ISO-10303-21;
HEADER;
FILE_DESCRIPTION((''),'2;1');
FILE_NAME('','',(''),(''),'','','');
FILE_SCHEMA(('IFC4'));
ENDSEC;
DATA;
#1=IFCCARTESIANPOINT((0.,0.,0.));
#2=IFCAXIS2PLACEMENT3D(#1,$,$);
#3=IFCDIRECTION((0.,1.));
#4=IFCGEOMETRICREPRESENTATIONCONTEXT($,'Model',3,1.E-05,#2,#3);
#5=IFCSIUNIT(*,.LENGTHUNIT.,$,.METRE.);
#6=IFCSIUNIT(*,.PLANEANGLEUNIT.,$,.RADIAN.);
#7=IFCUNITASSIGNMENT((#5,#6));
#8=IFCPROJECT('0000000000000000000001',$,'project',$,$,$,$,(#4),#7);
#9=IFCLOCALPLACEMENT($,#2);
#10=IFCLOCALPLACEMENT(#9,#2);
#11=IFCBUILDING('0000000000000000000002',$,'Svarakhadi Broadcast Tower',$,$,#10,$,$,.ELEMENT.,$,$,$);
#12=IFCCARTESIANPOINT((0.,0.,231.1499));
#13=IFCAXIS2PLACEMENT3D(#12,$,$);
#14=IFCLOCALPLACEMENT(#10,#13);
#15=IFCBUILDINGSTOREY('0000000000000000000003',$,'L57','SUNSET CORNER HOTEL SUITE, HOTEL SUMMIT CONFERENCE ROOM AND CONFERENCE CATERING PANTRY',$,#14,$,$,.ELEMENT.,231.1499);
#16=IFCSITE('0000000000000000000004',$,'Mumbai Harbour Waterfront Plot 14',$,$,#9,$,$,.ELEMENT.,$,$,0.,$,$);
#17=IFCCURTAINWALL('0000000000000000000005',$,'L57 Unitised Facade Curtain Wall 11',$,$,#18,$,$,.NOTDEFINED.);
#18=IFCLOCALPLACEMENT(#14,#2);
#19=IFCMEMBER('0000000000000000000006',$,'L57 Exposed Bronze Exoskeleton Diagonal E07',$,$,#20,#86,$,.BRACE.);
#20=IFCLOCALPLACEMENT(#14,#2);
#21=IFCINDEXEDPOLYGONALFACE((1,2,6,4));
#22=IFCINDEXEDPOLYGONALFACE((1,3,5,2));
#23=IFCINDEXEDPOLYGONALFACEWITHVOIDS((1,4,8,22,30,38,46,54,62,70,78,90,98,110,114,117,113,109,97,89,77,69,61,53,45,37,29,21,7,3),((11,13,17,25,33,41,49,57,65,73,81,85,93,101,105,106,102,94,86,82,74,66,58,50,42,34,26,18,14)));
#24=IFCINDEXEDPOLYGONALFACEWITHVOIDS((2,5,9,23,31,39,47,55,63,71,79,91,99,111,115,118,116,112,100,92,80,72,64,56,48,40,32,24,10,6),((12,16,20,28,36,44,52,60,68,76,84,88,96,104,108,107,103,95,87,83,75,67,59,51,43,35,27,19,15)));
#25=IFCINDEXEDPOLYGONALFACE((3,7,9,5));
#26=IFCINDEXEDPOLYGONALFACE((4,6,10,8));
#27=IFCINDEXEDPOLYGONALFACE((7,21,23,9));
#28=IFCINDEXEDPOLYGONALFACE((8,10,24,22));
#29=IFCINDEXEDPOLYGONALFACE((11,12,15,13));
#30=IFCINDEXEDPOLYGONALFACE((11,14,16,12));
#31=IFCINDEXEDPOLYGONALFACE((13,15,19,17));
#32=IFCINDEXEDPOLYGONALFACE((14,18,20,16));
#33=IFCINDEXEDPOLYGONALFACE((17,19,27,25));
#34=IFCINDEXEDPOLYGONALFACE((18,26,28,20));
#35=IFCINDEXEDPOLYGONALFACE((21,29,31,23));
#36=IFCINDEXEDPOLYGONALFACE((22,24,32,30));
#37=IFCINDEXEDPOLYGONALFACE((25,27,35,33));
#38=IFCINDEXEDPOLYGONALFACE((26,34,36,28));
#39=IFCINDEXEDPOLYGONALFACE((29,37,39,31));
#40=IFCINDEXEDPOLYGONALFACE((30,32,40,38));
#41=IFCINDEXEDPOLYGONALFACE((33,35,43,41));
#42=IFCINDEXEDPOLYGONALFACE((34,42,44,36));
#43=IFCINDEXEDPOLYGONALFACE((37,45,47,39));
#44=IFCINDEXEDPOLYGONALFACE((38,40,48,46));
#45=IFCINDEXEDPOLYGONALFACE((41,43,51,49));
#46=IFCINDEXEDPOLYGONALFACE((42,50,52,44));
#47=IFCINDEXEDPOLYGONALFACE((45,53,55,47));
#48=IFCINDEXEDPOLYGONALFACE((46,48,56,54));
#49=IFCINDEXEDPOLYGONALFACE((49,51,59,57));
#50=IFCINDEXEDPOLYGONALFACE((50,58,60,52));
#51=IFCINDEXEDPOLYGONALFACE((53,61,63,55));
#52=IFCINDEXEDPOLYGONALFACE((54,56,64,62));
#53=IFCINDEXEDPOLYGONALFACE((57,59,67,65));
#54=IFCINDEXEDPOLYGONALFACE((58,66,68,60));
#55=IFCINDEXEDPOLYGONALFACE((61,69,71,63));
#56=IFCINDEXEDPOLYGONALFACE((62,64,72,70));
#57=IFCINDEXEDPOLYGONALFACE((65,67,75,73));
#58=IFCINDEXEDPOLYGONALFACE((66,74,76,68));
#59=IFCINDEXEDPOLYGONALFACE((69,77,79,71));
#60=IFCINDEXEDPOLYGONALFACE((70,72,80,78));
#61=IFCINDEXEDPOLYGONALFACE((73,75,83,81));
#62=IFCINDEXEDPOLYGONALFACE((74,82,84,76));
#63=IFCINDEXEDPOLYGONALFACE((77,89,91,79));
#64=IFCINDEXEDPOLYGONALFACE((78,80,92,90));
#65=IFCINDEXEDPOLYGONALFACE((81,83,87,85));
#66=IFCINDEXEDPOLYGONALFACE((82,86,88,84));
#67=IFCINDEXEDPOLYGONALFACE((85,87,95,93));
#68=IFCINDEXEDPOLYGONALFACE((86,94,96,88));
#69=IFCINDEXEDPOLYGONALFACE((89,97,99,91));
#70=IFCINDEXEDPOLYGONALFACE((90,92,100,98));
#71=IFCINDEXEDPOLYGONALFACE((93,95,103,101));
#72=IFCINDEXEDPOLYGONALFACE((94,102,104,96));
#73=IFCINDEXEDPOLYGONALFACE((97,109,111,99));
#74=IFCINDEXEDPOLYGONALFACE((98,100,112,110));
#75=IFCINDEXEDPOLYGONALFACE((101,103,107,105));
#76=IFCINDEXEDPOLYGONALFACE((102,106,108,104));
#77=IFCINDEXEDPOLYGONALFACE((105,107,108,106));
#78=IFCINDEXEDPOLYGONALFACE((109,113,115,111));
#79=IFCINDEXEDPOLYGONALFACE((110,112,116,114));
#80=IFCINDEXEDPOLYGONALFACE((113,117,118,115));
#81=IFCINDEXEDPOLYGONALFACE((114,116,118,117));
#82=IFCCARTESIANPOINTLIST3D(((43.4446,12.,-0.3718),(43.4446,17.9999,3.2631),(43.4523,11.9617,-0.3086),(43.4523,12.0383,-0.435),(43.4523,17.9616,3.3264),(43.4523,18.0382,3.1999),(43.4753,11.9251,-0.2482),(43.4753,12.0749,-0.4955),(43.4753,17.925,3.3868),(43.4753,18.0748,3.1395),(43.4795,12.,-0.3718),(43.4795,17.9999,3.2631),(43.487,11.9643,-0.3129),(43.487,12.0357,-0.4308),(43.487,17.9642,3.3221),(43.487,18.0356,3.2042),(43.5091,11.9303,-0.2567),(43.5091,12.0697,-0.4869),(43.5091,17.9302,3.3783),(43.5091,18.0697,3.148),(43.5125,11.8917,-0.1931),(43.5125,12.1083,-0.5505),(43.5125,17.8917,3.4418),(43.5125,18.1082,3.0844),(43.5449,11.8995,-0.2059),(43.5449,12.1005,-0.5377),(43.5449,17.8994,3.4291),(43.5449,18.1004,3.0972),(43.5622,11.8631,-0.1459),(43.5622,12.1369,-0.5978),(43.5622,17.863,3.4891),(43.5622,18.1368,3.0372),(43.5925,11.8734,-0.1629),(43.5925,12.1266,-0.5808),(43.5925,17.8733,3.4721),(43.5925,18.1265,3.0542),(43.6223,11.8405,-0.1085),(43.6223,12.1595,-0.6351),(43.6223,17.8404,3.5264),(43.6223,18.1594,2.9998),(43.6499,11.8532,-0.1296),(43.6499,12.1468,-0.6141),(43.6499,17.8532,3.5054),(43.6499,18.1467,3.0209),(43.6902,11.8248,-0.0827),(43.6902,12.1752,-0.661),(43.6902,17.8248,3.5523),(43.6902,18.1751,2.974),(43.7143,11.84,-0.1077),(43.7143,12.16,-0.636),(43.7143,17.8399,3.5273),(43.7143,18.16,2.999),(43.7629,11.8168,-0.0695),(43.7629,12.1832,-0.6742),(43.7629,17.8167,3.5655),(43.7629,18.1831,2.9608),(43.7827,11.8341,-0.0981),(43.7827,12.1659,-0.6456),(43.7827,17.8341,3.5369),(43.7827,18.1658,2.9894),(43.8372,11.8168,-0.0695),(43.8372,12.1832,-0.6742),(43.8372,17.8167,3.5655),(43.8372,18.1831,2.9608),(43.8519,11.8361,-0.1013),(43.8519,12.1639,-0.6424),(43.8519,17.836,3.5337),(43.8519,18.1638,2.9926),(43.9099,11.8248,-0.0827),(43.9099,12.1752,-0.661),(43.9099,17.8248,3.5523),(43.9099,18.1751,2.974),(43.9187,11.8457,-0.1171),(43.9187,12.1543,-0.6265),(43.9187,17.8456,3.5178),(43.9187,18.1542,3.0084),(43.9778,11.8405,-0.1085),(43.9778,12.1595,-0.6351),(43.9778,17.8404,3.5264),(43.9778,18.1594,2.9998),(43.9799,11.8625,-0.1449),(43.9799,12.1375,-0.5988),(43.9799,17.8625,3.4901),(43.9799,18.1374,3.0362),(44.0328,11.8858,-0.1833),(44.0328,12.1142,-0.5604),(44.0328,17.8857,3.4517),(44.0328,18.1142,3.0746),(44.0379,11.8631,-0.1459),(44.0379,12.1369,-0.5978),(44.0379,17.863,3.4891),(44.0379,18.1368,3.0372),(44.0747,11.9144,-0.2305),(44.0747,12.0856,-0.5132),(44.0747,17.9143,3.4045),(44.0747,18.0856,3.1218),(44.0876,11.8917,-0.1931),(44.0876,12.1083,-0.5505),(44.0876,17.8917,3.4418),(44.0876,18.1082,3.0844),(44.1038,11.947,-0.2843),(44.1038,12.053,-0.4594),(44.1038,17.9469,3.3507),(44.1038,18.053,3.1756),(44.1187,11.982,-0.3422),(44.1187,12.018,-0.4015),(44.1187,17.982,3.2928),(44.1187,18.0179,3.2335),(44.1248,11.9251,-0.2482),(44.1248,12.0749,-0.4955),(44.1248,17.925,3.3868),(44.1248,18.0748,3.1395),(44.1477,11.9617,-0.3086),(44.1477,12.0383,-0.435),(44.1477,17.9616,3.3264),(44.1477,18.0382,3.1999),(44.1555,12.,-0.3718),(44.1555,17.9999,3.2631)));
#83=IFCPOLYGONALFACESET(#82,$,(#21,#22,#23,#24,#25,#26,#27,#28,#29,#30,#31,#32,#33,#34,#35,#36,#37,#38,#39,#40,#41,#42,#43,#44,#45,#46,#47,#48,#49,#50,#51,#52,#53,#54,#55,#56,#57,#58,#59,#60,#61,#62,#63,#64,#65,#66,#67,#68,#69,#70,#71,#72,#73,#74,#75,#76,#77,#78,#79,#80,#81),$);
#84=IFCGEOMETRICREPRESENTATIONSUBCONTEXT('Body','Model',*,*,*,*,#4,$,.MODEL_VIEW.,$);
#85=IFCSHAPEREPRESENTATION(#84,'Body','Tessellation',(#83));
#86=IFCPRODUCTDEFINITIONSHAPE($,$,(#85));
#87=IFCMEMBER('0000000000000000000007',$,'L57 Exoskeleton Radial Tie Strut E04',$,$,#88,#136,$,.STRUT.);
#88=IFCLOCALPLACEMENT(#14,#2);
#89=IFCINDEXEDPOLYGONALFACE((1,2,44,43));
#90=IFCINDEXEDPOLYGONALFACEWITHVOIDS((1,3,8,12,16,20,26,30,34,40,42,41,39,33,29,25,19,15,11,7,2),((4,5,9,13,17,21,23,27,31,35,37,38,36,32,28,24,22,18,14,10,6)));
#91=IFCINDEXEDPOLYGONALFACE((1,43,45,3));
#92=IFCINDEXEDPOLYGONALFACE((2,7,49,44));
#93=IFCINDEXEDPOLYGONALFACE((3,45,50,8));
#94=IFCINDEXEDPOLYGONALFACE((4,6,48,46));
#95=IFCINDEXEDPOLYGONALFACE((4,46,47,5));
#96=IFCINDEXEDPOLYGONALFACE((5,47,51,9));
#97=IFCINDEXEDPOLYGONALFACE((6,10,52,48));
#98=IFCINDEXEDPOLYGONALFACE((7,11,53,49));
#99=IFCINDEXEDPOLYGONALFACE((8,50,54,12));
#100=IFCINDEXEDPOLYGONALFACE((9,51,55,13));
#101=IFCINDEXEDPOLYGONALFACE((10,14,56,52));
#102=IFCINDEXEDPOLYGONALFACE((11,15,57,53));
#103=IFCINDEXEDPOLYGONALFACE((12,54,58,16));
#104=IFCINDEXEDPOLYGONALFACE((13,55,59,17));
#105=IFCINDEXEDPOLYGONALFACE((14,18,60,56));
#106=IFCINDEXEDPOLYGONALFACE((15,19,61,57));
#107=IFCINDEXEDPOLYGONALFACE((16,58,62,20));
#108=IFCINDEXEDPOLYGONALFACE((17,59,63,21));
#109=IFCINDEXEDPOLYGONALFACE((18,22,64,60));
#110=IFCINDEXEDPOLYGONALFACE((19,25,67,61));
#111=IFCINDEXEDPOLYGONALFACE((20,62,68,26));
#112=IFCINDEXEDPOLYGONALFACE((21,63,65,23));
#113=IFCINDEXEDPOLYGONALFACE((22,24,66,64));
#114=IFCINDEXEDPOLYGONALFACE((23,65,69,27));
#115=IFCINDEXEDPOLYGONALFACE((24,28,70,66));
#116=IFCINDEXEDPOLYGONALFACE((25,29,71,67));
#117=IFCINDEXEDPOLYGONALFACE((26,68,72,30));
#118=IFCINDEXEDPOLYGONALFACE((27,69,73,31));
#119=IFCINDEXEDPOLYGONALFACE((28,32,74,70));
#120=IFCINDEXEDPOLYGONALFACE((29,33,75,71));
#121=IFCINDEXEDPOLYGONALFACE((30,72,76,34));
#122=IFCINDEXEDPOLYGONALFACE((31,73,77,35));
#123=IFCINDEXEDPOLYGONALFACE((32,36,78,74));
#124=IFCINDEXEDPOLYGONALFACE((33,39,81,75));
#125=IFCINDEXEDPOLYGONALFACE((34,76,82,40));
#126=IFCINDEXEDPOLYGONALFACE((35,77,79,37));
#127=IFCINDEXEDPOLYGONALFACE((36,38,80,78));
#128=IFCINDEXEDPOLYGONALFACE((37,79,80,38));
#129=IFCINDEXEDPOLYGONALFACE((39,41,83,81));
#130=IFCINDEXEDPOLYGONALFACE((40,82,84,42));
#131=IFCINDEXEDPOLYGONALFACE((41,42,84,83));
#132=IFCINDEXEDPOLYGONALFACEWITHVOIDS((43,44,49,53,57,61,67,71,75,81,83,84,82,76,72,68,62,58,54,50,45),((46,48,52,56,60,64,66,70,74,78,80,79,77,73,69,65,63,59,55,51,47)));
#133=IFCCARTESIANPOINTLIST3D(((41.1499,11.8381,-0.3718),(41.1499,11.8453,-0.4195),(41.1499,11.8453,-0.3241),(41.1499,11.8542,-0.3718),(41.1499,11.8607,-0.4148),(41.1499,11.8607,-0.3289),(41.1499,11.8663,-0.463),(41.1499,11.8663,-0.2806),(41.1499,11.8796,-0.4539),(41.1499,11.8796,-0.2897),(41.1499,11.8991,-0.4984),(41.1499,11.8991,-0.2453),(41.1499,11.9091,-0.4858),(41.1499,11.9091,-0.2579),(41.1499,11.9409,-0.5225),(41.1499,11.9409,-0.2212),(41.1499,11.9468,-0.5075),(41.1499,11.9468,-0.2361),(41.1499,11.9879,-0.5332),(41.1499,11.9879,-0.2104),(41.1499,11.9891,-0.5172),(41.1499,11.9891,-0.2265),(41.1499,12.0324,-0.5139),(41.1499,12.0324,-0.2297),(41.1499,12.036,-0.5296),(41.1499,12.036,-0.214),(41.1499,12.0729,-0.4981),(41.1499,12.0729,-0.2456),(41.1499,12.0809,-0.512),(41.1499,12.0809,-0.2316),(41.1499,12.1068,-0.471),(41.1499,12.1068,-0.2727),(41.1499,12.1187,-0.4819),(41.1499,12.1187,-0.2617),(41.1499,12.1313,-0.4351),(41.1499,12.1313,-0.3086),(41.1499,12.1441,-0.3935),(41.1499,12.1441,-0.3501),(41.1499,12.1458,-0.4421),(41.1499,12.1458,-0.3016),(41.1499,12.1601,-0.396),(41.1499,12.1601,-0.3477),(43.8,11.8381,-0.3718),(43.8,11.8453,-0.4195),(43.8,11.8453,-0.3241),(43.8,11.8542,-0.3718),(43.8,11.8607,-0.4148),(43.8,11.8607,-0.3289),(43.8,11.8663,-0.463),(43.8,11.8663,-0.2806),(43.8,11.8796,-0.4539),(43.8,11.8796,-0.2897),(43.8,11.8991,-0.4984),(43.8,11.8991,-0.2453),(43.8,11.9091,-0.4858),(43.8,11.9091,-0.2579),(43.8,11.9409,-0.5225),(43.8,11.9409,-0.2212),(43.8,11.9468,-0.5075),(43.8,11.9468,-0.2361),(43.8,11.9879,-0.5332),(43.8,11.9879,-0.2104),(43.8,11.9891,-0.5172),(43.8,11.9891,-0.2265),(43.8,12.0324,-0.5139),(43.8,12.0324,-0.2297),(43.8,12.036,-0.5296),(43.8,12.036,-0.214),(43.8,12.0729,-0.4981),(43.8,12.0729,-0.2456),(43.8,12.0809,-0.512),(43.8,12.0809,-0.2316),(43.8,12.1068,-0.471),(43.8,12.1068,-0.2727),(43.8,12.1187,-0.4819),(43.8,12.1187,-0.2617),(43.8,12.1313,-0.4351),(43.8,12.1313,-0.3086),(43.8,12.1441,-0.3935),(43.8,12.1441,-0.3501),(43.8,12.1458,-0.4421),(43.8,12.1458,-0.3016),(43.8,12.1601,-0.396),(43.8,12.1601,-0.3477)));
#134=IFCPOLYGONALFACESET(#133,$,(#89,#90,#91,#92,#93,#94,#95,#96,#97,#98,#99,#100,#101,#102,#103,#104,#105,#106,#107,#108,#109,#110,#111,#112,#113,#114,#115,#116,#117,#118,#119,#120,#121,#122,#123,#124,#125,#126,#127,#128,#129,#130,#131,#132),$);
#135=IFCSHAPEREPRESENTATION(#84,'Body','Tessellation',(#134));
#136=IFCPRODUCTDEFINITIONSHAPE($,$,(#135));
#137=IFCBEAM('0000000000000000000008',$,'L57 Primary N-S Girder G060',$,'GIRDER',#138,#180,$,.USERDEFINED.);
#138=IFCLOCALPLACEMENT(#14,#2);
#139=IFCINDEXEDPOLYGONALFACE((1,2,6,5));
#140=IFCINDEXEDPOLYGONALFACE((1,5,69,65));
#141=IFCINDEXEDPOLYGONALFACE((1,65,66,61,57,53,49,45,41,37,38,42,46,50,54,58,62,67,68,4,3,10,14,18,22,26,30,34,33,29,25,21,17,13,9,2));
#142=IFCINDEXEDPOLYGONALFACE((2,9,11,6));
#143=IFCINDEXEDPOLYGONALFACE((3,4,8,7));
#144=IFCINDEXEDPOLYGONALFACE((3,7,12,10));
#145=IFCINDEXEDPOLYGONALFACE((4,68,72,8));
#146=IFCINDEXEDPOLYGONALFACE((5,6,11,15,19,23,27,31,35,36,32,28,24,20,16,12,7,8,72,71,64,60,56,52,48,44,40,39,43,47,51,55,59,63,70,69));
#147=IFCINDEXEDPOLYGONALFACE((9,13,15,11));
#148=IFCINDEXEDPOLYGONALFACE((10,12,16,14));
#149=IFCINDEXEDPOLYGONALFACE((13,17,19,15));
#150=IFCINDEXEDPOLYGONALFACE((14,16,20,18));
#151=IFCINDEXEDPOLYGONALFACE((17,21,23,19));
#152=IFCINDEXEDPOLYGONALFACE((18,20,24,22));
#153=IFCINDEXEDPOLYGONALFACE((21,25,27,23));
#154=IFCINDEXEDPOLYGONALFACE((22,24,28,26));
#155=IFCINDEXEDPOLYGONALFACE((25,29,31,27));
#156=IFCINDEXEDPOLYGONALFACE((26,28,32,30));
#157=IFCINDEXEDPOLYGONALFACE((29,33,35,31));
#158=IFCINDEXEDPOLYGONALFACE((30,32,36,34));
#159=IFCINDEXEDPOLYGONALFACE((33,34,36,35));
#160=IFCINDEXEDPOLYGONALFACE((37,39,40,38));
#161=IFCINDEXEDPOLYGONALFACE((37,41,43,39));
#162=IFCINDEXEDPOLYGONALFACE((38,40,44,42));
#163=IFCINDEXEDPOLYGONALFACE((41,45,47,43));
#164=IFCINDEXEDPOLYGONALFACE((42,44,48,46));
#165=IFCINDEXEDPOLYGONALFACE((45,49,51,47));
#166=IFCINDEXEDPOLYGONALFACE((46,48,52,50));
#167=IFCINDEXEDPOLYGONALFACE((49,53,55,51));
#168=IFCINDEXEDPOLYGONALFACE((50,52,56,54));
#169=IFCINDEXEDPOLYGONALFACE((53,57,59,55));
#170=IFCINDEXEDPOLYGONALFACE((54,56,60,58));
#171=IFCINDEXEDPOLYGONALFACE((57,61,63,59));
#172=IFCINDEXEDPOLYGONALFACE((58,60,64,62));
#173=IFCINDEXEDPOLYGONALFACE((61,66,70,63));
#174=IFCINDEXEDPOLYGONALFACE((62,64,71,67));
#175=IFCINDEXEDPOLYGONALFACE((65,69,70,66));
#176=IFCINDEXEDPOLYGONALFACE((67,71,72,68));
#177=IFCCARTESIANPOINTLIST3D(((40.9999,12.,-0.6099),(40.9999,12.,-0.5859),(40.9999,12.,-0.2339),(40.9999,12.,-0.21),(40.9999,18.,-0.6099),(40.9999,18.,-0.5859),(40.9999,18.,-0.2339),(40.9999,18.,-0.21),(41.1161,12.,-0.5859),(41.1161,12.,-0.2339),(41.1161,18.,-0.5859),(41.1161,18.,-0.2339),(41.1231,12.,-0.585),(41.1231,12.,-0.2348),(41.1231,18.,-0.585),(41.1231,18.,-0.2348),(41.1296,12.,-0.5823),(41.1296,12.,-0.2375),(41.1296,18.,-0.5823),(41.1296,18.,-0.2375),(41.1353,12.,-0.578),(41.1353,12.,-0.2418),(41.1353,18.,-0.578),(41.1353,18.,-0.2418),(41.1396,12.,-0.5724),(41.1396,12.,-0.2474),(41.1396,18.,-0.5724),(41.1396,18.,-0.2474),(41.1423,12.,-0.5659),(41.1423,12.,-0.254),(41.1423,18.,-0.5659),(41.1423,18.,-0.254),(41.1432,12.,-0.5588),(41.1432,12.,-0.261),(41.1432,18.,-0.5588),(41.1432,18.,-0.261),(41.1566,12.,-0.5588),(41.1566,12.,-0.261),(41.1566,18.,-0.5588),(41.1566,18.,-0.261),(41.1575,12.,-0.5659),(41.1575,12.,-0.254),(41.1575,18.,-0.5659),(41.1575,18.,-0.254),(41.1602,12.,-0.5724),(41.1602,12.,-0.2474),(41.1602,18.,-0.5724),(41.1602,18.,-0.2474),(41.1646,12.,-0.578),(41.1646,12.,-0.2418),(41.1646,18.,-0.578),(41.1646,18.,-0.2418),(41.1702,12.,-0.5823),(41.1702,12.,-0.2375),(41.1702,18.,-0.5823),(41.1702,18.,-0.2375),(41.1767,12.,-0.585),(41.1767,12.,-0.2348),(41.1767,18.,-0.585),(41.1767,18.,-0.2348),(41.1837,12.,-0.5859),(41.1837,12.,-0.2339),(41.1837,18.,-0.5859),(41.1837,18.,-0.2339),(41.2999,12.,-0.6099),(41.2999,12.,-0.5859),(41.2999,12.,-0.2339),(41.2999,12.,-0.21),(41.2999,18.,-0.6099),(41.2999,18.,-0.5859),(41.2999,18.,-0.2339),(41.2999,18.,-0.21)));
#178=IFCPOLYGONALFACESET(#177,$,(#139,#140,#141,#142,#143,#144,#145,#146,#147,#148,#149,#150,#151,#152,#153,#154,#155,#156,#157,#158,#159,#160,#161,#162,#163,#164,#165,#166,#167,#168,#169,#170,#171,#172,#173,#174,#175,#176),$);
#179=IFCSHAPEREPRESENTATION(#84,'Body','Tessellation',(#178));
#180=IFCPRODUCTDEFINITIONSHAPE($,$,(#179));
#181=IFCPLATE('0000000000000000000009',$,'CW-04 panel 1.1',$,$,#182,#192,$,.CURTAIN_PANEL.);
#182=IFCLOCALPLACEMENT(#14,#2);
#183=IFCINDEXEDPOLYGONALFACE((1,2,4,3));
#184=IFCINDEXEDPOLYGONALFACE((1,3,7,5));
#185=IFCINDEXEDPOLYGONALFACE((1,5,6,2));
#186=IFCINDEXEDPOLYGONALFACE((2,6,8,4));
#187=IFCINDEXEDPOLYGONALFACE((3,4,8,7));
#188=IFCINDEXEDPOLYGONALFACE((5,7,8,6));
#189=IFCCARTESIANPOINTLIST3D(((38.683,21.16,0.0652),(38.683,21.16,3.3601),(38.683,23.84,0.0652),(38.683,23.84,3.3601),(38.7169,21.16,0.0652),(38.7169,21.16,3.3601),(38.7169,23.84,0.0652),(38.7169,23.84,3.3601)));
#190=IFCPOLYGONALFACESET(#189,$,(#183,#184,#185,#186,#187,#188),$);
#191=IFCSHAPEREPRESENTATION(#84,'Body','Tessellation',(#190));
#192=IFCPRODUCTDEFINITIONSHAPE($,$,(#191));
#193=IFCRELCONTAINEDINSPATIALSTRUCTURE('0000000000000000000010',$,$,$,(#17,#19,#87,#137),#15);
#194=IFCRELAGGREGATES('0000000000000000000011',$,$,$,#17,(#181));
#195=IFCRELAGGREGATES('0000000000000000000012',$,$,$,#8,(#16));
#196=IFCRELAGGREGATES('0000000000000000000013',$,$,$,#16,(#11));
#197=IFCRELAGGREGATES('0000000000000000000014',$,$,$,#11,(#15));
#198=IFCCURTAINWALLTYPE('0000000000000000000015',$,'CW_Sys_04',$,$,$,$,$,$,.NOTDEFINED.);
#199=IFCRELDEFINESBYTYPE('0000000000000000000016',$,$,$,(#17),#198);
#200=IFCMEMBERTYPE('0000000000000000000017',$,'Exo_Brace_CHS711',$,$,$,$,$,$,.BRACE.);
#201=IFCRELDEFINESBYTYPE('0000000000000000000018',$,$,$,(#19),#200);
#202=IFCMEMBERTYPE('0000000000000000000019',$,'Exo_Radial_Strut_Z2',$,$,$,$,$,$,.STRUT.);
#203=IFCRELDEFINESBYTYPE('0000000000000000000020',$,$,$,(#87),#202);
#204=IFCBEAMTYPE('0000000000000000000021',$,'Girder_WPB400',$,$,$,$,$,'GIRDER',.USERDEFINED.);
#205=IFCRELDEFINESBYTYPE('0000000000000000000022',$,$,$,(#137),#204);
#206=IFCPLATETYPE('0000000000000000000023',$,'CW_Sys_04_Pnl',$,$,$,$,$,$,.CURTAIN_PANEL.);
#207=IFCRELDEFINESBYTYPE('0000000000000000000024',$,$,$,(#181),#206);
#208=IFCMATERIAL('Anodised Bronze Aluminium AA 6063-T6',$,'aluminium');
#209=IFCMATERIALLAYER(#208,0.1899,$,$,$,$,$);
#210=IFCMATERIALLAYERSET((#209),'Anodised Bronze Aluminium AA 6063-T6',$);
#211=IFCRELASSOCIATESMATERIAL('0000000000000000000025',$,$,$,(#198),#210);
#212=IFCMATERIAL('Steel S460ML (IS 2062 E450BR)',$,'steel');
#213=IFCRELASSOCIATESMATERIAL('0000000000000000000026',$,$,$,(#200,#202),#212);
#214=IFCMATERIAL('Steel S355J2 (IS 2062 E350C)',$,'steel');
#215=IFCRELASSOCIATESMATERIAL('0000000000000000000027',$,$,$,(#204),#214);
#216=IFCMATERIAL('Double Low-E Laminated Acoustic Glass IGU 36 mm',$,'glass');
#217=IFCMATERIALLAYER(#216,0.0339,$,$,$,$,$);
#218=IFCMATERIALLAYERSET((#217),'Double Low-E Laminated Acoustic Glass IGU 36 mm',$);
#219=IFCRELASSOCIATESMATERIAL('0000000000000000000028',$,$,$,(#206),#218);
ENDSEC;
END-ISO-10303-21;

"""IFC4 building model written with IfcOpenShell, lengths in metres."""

from ifc_helpers import new_model, si_unit, direction, frame, origin, origin_2d, place, context, subcontext, project, spatial, rectangle, hollow_circle, i_section, extrude, material, layer, layer_set, material_profile, profile_set, type_object, element, aggregate, save


model = new_model("IFC4")

# Units and contexts
model_context = context("Model", 3, precision=1e-05, world=origin(), true_north=direction((0.0, 1.0)))
body_context = subcontext(model_context, "Body", "Model", "MODEL_VIEW")
ifc_project = project(units=[si_unit("LENGTHUNIT", "METRE"), si_unit("PLANEANGLEUNIT", "RADIAN")], contexts=[model_context])

# Site, building, storey
site_placement = place(None, origin())
site = spatial("IfcSite", under=ifc_project, at=site_placement, Name="Mumbai Harbour Waterfront Plot 14", CompositionType="ELEMENT", RefElevation=0.0)
building_placement = place(site_placement, origin())
building = spatial("IfcBuilding", under=site, at=building_placement, Name="Svarakhadi Broadcast Tower", CompositionType="ELEMENT")
storey_placement = place(building_placement, frame((0.0, 0.0, 231.1499)))
storey = spatial("IfcBuildingStorey", under=building, at=storey_placement, Name="L57", Description="SUNSET CORNER HOTEL SUITE, HOTEL SUMMIT CONFERENCE ROOM AND CONFERENCE CATERING PANTRY", CompositionType="ELEMENT", Elevation=231.1499)

# Shared definitions
ifc_material_1 = material(Name="Steel S460ML (IS 2062 E450BR)", Category="steel")

# Shared definitions
ifc_material_2 = material(Name="Anodised Bronze Aluminium AA 6063-T6", Category="aluminium")
ifc_layer_1 = layer(ifc_material_2, 0.1899)
ifc_layer_set_1 = layer_set([ifc_layer_1], Name="Anodised Bronze Aluminium AA 6063-T6")
curtain_wall_type = type_object("IfcCurtainWallType", Name="CW_Sys_04", PredefinedType="NOTDEFINED", material=ifc_layer_set_1)

# Curtain wall
curtain_wall_1_placement = place(storey_placement, origin())
curtain_wall_1 = element("IfcCurtainWall", 1, at=curtain_wall_1_placement, inside=storey, type_object=curtain_wall_type, Name="L57 Unitised Facade Curtain Wall 11", PredefinedType="NOTDEFINED")

# Members
ifc_material_profile_1 = material_profile(ifc_material_1, hollow_circle(Radius=0.3555, WallThickness=0.0349, at=origin_2d()), Name="CHS 711x35")
ifc_profile_set_1 = profile_set([ifc_material_profile_1], Name="Steel S460ML (IS 2062 E450BR)")
member_type_1 = type_object("IfcMemberType", Name="Exo_Brace_CHS711", PredefinedType="BRACE", material=ifc_profile_set_1)
for number, where, z_axis, x_axis, name in (
    (2, (43.8, 12.0, -0.3718), (0.0, 0.855283, 0.518161), (-1.0, 0.0, 0.0), "L57 Exposed Bronze Exoskeleton Diagonal E07"),
):
    element("IfcMember", number, at=place(storey_placement, frame(where, z_axis=z_axis, x_axis=x_axis)), inside=storey, type_object=member_type_1, Name=name, PredefinedType="BRACE", context=body_context, shape_type="SweptSolid", body=[
        extrude(hollow_circle(Radius=0.3555, WallThickness=0.0349, at=origin_2d()), origin(), (0.0, 0.0, 1.0), 7.0151),
    ])
ifc_material_profile_2 = material_profile(ifc_material_1, hollow_circle(Radius=0.1619, WallThickness=0.0161, at=origin_2d()), Name="CHS 323.9x16")
ifc_profile_set_2 = profile_set([ifc_material_profile_2], Name="Steel S460ML (IS 2062 E450BR)")
member_type_2 = type_object("IfcMemberType", Name="Exo_Radial_Strut_Z2", PredefinedType="STRUT", material=ifc_profile_set_2)
member_1_placement = place(storey_placement, frame((43.8, 12.0, -0.3718), z_axis=(-1.0, 0.0, 0.0), x_axis=(0.0, -1.0, 0.0)))
element("IfcMember", 3, at=member_1_placement, inside=storey, type_object=member_type_2, Name="L57 Exoskeleton Radial Tie Strut E04", PredefinedType="STRUT", context=body_context, shape_type="SweptSolid", body=[
    extrude(hollow_circle(Radius=0.1619, WallThickness=0.0161, at=origin_2d()), origin(), (0.0, 0.0, 1.0), 2.6501),
])

# Beam
ifc_material_3 = material(Name="Steel S355J2 (IS 2062 E350C)", Category="steel")
ifc_material_profile_3 = material_profile(ifc_material_3, i_section(OverallWidth=0.3, OverallDepth=0.3999, WebThickness=0.0134, FlangeThickness=0.0239, FilletRadius=0.0271, at=origin_2d()), Name="WPB 400x300x155")
ifc_profile_set_3 = profile_set([ifc_material_profile_3], Name="Steel S355J2 (IS 2062 E350C)")
beam_type = type_object("IfcBeamType", Name="Girder_WPB400", ElementType="GIRDER", PredefinedType="USERDEFINED", material=ifc_profile_set_3)
beam_placement = place(storey_placement, frame((41.1499, 12.0, -0.4099), z_axis=(0.0, 1.0, 0.0), x_axis=(-1.0, 0.0, 0.0)))
element("IfcBeam", 4, at=beam_placement, inside=storey, type_object=beam_type, Name="L57 Primary N-S Girder G060", ObjectType="GIRDER", PredefinedType="USERDEFINED", context=body_context, shape_type="SweptSolid", body=[
    extrude(i_section(OverallWidth=0.3, OverallDepth=0.3999, WebThickness=0.0134, FlangeThickness=0.0239, FilletRadius=0.0271, at=origin_2d()), origin(), (0.0, 0.0, 1.0), 6.0),
])

# Plate
ifc_material_4 = material(Name="Double Low-E Laminated Acoustic Glass IGU 36 mm", Category="glass")
ifc_layer_2 = layer(ifc_material_4, 0.0339)
ifc_layer_set_2 = layer_set([ifc_layer_2], Name="Double Low-E Laminated Acoustic Glass IGU 36 mm")
plate_type_1 = type_object("IfcPlateType", Name="CW_Sys_04_Pnl", PredefinedType="CURTAIN_PANEL", material=ifc_layer_set_2)
plate_1_placement = place(storey_placement, frame((38.7, 22.5, 0.0652), z_axis=(0.0, 0.0, 1.0), x_axis=(0.0, -1.0, 0.0)))
plate_1 = element("IfcPlate", 5, at=plate_1_placement, type_object=plate_type_1, Name="CW-04 panel 1.1", PredefinedType="CURTAIN_PANEL", context=body_context, shape_type="SweptSolid", body=[
    extrude(rectangle(XDim=2.6799, YDim=0.0339, at=origin_2d()), origin(), (0.0, 0.0, 1.0), 3.2949),
])
aggregate(curtain_wall_1, [plate_1])

save(model, "model.ifc")
